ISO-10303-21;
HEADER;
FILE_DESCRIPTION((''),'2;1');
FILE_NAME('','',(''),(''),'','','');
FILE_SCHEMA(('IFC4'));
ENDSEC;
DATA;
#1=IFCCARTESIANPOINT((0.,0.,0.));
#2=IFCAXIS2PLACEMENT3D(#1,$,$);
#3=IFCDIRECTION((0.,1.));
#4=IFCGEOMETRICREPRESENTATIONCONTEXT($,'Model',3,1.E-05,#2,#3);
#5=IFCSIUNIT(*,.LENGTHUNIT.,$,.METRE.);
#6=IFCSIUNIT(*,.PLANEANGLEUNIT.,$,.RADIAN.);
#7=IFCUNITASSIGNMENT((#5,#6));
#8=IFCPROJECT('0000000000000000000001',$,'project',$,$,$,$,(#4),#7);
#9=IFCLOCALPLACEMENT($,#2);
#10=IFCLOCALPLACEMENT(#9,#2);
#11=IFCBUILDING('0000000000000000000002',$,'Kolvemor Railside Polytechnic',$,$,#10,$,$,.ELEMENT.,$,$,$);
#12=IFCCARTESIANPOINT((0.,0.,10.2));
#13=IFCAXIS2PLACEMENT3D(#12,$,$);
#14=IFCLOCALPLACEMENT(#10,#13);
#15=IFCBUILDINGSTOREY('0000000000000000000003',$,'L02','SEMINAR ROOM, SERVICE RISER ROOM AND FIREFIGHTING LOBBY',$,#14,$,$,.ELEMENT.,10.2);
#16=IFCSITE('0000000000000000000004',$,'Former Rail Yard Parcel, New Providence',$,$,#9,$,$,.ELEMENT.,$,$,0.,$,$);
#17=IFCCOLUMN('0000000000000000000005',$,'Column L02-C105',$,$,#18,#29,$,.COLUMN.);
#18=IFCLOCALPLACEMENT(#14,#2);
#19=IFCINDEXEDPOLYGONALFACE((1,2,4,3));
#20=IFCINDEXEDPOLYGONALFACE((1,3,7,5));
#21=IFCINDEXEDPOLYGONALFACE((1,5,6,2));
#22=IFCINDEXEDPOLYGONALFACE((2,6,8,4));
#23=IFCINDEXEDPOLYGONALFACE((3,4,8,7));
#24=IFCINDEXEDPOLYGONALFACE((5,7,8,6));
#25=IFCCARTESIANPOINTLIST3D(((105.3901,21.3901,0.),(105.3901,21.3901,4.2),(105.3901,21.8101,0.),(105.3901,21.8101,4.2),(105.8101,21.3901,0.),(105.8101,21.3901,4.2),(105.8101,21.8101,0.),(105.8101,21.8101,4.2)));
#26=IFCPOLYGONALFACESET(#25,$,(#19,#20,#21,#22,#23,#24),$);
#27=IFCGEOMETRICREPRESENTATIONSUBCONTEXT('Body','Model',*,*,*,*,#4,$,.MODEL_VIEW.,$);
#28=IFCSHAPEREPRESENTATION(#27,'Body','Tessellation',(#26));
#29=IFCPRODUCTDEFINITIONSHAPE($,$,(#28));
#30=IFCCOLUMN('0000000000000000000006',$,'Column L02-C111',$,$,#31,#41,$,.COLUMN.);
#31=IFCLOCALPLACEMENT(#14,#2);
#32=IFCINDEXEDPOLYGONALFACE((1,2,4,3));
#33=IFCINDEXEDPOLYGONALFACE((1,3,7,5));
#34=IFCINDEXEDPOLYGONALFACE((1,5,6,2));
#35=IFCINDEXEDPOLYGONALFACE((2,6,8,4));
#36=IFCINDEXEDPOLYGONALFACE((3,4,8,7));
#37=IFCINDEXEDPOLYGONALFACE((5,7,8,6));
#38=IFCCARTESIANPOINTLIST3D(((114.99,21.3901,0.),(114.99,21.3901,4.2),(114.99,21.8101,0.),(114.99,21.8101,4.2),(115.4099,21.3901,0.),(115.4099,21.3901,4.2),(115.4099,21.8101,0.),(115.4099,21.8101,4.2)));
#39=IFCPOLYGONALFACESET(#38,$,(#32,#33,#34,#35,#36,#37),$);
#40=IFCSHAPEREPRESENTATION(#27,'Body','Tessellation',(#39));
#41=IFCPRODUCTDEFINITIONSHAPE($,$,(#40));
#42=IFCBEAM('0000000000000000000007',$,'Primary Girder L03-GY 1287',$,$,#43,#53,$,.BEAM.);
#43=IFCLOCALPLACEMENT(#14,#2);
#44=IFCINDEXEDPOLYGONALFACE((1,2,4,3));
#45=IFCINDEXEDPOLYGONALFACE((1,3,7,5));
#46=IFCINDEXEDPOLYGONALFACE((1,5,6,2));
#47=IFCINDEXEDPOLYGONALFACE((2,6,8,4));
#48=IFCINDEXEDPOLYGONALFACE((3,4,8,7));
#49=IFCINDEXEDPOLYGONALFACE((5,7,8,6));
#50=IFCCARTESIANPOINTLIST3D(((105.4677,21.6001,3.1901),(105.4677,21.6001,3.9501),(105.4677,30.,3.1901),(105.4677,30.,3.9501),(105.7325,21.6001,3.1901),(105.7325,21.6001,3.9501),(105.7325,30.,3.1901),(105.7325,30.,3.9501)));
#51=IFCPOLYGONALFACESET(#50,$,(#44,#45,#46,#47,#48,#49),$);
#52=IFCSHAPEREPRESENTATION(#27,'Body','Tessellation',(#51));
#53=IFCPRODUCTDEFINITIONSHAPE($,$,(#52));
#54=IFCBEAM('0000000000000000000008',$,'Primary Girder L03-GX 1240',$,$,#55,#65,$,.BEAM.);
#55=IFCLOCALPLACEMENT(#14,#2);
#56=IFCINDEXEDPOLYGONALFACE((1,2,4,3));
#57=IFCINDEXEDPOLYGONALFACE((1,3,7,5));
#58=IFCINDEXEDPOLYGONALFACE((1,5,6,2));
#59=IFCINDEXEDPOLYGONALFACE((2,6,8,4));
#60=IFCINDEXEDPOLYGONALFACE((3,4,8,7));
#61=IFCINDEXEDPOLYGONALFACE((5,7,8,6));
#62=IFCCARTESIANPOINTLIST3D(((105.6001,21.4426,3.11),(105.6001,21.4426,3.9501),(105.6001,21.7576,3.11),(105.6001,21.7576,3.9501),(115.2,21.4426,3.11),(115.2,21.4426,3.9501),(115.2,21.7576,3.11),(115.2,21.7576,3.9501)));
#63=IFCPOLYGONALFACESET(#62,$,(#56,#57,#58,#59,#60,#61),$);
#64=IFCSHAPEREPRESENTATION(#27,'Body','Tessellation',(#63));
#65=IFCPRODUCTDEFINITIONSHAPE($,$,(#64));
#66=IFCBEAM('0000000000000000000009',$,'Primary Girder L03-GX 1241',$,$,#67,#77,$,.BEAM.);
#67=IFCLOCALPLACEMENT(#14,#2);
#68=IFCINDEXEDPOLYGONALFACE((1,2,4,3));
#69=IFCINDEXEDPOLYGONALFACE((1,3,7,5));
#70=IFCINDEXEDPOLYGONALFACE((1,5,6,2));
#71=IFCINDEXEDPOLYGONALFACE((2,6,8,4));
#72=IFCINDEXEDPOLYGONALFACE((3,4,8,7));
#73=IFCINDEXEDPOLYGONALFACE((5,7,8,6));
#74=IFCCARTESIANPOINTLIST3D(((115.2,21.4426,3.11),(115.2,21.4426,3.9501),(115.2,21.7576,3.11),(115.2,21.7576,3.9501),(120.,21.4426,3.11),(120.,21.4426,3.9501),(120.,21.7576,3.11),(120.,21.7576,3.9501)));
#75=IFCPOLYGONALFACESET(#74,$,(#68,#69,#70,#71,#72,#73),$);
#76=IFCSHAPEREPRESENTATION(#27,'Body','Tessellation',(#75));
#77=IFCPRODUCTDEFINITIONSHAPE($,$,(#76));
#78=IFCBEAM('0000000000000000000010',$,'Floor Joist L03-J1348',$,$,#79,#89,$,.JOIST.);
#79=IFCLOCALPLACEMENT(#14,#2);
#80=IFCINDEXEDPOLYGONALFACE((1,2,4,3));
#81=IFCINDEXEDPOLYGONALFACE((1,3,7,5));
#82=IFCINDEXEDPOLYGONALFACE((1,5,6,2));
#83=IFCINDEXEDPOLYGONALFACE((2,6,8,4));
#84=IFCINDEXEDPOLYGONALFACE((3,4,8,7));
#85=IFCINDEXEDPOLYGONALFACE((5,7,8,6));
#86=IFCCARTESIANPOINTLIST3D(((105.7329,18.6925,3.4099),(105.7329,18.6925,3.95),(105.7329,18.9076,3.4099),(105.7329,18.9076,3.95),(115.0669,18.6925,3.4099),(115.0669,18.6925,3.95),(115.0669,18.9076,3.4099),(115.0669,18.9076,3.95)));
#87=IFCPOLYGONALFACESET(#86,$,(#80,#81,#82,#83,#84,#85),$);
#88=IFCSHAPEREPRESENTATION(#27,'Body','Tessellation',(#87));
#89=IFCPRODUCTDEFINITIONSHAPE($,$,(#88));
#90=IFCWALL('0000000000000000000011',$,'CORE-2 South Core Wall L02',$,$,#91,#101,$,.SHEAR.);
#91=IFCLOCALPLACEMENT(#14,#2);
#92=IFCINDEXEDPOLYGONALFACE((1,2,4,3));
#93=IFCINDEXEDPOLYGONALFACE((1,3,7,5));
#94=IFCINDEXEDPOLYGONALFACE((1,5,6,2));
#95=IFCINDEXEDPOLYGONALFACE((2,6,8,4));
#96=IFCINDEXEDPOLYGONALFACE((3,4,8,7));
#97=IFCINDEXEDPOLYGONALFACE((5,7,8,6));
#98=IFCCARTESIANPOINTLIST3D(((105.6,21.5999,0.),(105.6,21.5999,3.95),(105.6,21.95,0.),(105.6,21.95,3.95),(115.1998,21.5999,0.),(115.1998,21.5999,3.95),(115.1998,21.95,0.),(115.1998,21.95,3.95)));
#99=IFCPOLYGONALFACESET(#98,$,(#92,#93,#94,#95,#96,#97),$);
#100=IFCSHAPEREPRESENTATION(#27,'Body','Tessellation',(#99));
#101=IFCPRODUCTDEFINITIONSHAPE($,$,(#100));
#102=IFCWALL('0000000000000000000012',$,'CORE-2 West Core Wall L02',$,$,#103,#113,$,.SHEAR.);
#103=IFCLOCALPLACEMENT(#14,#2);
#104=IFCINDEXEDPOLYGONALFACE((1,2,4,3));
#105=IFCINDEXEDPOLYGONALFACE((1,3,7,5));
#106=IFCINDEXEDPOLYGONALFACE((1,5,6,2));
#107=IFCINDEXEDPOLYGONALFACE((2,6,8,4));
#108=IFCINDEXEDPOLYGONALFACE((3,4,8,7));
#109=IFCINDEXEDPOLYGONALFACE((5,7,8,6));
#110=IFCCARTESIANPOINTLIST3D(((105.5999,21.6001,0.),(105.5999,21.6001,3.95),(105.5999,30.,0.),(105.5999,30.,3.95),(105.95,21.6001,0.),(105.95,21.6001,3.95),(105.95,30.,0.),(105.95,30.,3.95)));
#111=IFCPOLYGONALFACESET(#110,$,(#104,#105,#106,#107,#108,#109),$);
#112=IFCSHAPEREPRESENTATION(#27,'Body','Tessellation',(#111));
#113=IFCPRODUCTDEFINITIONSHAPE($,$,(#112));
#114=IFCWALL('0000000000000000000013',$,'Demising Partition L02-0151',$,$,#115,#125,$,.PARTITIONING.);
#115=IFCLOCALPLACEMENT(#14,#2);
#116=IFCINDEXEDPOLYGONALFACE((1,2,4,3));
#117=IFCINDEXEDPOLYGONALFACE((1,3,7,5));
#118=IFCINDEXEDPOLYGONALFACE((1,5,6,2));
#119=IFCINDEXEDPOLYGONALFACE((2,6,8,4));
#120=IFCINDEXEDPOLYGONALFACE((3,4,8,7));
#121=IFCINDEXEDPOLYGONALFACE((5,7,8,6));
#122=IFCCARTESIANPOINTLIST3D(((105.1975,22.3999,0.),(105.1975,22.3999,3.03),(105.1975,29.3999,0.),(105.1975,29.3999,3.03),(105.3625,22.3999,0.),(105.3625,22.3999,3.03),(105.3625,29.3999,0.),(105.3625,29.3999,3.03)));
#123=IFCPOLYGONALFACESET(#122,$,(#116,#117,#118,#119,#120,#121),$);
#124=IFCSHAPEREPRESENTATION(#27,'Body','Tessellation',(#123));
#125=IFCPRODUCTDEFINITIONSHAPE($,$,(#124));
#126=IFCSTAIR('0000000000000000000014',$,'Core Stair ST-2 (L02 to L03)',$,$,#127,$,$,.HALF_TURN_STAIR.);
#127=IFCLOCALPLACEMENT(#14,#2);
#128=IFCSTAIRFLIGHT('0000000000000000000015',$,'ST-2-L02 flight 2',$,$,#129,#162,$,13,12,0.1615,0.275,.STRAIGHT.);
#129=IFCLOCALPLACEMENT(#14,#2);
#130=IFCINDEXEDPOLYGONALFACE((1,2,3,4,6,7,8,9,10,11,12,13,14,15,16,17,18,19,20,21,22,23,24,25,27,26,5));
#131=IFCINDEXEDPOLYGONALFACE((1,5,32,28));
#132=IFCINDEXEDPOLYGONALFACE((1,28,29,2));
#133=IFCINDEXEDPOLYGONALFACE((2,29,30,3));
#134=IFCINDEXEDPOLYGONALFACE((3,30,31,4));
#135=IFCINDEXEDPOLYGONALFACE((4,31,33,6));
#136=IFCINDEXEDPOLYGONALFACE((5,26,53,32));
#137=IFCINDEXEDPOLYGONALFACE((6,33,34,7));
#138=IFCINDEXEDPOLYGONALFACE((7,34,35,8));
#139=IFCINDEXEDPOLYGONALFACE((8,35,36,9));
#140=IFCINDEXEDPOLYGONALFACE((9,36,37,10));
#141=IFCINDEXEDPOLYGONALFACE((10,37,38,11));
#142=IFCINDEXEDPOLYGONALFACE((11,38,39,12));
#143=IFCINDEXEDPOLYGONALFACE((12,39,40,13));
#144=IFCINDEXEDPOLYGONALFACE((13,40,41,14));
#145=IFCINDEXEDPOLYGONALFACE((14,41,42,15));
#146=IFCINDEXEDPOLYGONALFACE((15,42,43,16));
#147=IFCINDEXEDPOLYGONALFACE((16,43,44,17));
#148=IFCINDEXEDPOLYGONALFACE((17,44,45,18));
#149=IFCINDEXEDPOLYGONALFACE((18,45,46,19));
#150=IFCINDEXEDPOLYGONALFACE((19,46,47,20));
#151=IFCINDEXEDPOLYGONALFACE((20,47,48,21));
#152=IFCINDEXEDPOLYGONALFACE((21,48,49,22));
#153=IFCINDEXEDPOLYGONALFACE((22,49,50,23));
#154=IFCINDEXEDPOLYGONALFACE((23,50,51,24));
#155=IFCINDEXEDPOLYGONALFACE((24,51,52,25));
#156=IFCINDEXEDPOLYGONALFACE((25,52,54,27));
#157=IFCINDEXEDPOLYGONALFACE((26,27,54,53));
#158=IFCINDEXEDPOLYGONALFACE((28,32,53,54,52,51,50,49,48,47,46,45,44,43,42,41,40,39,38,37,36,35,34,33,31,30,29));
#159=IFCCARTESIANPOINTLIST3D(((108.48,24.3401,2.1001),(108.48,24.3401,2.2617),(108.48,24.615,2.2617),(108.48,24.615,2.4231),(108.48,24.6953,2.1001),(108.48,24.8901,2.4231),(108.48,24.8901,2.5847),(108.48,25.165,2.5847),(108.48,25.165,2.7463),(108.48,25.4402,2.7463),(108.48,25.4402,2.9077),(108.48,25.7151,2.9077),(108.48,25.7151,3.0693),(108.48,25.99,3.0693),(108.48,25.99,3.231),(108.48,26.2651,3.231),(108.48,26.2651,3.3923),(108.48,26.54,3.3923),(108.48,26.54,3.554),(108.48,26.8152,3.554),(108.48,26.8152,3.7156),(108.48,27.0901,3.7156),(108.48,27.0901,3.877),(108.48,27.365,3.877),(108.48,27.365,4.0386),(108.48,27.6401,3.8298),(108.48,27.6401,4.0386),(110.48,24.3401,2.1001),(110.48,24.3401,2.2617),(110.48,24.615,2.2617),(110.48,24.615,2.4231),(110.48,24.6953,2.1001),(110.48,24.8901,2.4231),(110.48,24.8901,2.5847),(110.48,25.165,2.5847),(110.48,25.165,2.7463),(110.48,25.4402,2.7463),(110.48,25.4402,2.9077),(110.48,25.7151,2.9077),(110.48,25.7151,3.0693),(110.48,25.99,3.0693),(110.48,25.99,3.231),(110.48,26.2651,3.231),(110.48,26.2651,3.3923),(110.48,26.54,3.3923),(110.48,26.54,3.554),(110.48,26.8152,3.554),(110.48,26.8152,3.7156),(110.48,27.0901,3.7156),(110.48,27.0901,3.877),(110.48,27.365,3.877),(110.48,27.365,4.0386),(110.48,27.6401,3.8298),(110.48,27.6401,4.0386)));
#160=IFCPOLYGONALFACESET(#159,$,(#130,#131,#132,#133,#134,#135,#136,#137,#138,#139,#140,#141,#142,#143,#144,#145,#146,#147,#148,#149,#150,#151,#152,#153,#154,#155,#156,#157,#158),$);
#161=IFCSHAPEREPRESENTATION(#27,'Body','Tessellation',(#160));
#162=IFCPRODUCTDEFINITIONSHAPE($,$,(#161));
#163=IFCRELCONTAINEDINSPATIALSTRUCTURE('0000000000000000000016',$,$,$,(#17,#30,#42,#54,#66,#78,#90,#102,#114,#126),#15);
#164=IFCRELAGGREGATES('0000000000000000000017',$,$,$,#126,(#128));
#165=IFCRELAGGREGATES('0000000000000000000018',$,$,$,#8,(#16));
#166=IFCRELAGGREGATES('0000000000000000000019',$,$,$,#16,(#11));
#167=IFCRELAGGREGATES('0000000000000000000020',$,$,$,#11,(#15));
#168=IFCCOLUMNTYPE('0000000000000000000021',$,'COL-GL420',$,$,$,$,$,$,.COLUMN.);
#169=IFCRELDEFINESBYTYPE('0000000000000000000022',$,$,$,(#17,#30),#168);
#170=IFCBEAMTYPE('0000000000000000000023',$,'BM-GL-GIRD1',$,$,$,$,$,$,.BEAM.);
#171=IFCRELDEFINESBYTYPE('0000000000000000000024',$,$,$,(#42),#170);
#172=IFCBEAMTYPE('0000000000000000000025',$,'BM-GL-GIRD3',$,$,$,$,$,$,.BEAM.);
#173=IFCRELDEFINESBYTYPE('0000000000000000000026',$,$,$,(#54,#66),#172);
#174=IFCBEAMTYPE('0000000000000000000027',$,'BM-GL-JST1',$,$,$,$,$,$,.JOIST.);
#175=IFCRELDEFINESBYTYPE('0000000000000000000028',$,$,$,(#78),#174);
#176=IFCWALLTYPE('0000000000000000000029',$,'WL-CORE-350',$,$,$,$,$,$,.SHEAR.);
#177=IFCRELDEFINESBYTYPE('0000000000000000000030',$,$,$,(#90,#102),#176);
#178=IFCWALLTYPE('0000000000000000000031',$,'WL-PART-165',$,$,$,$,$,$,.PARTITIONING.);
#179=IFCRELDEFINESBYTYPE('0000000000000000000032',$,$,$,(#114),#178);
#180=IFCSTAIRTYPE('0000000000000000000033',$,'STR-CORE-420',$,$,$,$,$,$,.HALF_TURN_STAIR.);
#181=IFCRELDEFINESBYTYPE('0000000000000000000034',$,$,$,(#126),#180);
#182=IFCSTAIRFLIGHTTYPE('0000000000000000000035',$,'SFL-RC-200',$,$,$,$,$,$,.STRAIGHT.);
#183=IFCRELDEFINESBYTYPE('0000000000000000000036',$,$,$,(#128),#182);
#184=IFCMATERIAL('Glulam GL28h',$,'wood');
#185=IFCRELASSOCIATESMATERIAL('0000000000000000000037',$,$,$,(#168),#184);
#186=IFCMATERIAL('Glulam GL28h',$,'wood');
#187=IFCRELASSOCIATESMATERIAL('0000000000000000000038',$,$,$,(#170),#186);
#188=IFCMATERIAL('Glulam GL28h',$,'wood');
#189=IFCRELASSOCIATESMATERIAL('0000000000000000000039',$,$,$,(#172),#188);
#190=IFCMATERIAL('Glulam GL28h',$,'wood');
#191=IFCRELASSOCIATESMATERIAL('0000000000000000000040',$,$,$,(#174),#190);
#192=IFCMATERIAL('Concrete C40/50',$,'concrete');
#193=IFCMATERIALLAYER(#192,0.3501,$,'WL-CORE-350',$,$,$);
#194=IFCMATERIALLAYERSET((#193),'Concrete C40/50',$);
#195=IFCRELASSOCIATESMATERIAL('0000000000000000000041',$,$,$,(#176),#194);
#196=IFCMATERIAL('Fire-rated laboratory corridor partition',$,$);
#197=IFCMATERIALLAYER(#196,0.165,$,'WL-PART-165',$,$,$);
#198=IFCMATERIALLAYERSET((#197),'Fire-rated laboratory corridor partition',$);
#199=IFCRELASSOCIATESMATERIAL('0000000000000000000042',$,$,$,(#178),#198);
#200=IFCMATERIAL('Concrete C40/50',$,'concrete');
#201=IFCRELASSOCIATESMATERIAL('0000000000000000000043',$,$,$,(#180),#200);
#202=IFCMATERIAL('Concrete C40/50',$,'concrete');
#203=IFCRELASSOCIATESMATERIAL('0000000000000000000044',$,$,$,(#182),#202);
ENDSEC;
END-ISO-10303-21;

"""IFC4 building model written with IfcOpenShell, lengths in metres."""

from ifc_helpers import new_model, si_unit, direction, frame, frame_2d, origin, origin_2d, place, context, subcontext, project, spatial, polyline, rectangle, outline, extrude, material, layer, layer_set, material_profile, profile_set, type_object, element, aggregate, save


model = new_model("IFC4")

# Units and contexts
model_context = context("Model", 3, precision=1e-05, world=origin(), true_north=direction((0.0, 1.0)))
body_context = subcontext(model_context, "Body", "Model", "MODEL_VIEW")
ifc_project = project(units=[si_unit("LENGTHUNIT", "METRE"), si_unit("PLANEANGLEUNIT", "RADIAN")], contexts=[model_context])

# Site, building, storey
site_placement = place(None, origin())
site = spatial("IfcSite", under=ifc_project, at=site_placement, Name="Former Rail Yard Parcel, New Providence", CompositionType="ELEMENT", RefElevation=0.0)
building_placement = place(site_placement, origin())
building = spatial("IfcBuilding", under=site, at=building_placement, Name="Kolvemor Railside Polytechnic", CompositionType="ELEMENT")
storey_placement = place(building_placement, frame((0.0, 0.0, 10.2)))
storey = spatial("IfcBuildingStorey", under=building, at=storey_placement, Name="L02", Description="SEMINAR ROOM, SERVICE RISER ROOM AND FIREFIGHTING LOBBY", CompositionType="ELEMENT", Elevation=10.2)

# Columns
ifc_material_1 = material(Name="Glulam GL28h", Category="wood")
ifc_material_profile_1 = material_profile(ifc_material_1, rectangle(XDim=0.4199, YDim=0.4199, at=origin_2d()), Name="GL420x420")
ifc_profile_set_1 = profile_set([ifc_material_profile_1], Name="Glulam GL28h")
column_type = type_object("IfcColumnType", Name="COL-GL420", PredefinedType="COLUMN", material=ifc_profile_set_1)
for number, where, z_axis, x_axis, name in (
    (1, (105.6001, 21.6001, 0.0), (0.0, 0.0, 1.0), (1.0, 0.0, 0.0), "Column L02-C105"),
    (2, (115.2, 21.6001, 0.0), (0.0, 0.0, 1.0), (1.0, 0.0, 0.0), "Column L02-C111"),
):
    element("IfcColumn", number, at=place(storey_placement, frame(where, z_axis=z_axis, x_axis=x_axis)), inside=storey, type_object=column_type, Name=name, PredefinedType="COLUMN", context=body_context, shape_type="SweptSolid", body=[
        extrude(rectangle(XDim=0.4199, YDim=0.4199, at=origin_2d()), origin(), (0.0, 0.0, 1.0), 4.2),
    ])

# Beams
ifc_material_2 = material(Name="Glulam GL28h", Category="wood")
ifc_material_profile_2 = material_profile(ifc_material_2, rectangle(XDim=0.2649, YDim=0.76, at=origin_2d()), Name="GL265x760")
ifc_profile_set_2 = profile_set([ifc_material_profile_2], Name="Glulam GL28h")
beam_type_1 = type_object("IfcBeamType", Name="BM-GL-GIRD1", PredefinedType="BEAM", material=ifc_profile_set_2)
beam_1_placement = place(storey_placement, frame((105.6001, 21.6001, 3.5701), z_axis=(0.0, 1.0, 0.0), x_axis=(-1.0, 0.0, 0.0)))
element("IfcBeam", 3, at=beam_1_placement, inside=storey, type_object=beam_type_1, Name="Primary Girder L03-GY 1287", PredefinedType="BEAM", context=body_context, shape_type="SweptSolid", body=[
    extrude(rectangle(XDim=0.2649, YDim=0.76, at=origin_2d()), origin(), (0.0, 0.0, 1.0), 8.3999),
])
ifc_material_3 = material(Name="Glulam GL28h", Category="wood")
ifc_material_profile_3 = material_profile(ifc_material_3, rectangle(XDim=0.3149, YDim=0.8401, at=origin_2d()), Name="GL315x840")
ifc_profile_set_3 = profile_set([ifc_material_profile_3], Name="Glulam GL28h")
beam_type_2 = type_object("IfcBeamType", Name="BM-GL-GIRD3", PredefinedType="BEAM", material=ifc_profile_set_3)
beam_2_placement = place(storey_placement, frame((105.6001, 21.6001, 3.53), z_axis=(1.0, 0.0, 0.0), x_axis=(0.0, 1.0, 0.0)))
element("IfcBeam", 4, at=beam_2_placement, inside=storey, type_object=beam_type_2, Name="Primary Girder L03-GX 1240", PredefinedType="BEAM", context=body_context, shape_type="SweptSolid", body=[
    extrude(rectangle(XDim=0.3149, YDim=0.8401, at=origin_2d()), origin(), (0.0, 0.0, 1.0), 9.5999),
])
beam_3_placement = place(storey_placement, frame((115.2, 21.6001, 3.53), z_axis=(1.0, 0.0, 0.0), x_axis=(0.0, 1.0, 0.0)))
element("IfcBeam", 5, at=beam_3_placement, inside=storey, type_object=beam_type_2, Name="Primary Girder L03-GX 1241", PredefinedType="BEAM", context=body_context, shape_type="SweptSolid", body=[
    extrude(rectangle(XDim=0.3149, YDim=0.8401, at=origin_2d()), origin(), (0.0, 0.0, 1.0), 4.8),
])
ifc_material_4 = material(Name="Glulam GL28h", Category="wood")
ifc_material_profile_4 = material_profile(ifc_material_4, rectangle(XDim=0.2151, YDim=0.54, at=origin_2d()), Name="GL215x540")
ifc_profile_set_4 = profile_set([ifc_material_profile_4], Name="Glulam GL28h")
beam_type_3 = type_object("IfcBeamType", Name="BM-GL-JST1", PredefinedType="JOIST", material=ifc_profile_set_4)
beam_4_placement = place(storey_placement, frame((105.7329, 18.8, 3.6799), z_axis=(1.0, 0.0, 0.0), x_axis=(0.0, 1.0, 0.0)))
element("IfcBeam", 6, at=beam_4_placement, inside=storey, type_object=beam_type_3, Name="Floor Joist L03-J1348", PredefinedType="JOIST", context=body_context, shape_type="SweptSolid", body=[
    extrude(rectangle(XDim=0.2151, YDim=0.54, at=origin_2d()), origin(), (0.0, 0.0, 1.0), 9.334),
])

# Walls
ifc_material_5 = material(Name="Concrete C40/50", Category="concrete")
ifc_layer_1 = layer(ifc_material_5, 0.3501, Name="WL-CORE-350")
ifc_layer_set_1 = layer_set([ifc_layer_1], Name="Concrete C40/50")
wall_type_1 = type_object("IfcWallType", Name="WL-CORE-350", PredefinedType="SHEAR", material=ifc_layer_set_1)
wall_1_placement = place(storey_placement, frame((105.6001, 21.7749, 0.0), z_axis=(0.0, 0.0, 1.0), x_axis=(1.0, 0.0, 0.0)))
element("IfcWall", 7, at=wall_1_placement, inside=storey, type_object=wall_type_1, Name="CORE-2 South Core Wall L02", PredefinedType="SHEAR", context=body_context, shape_type="SweptSolid", body=[
    extrude(rectangle(XDim=9.5999, YDim=0.3501, at=frame_2d((4.7998, 0.0))), origin(), (0.0, 0.0, 1.0), 3.95),
])
wall_2_placement = place(storey_placement, frame((105.7749, 21.6001, 0.0), z_axis=(0.0, 0.0, 1.0), x_axis=(0.0, 1.0, 0.0)))
element("IfcWall", 8, at=wall_2_placement, inside=storey, type_object=wall_type_1, Name="CORE-2 West Core Wall L02", PredefinedType="SHEAR", context=body_context, shape_type="SweptSolid", body=[
    extrude(rectangle(XDim=8.3999, YDim=0.3501, at=frame_2d((4.2, 0.0))), origin(), (0.0, 0.0, 1.0), 3.95),
])

# Wall
ifc_material_6 = material(Name="Fire-rated laboratory corridor partition")
ifc_layer_2 = layer(ifc_material_6, 0.165, Name="WL-PART-165")
ifc_layer_set_2 = layer_set([ifc_layer_2], Name="Fire-rated laboratory corridor partition")
wall_type_2 = type_object("IfcWallType", Name="WL-PART-165", PredefinedType="PARTITIONING", material=ifc_layer_set_2)
wall_3_placement = place(storey_placement, frame((105.28, 22.3999, 0.0), z_axis=(0.0, 0.0, 1.0), x_axis=(0.0, 1.0, 0.0)))
element("IfcWall", 9, at=wall_3_placement, inside=storey, type_object=wall_type_2, Name="Demising Partition L02-0151", PredefinedType="PARTITIONING", context=body_context, shape_type="SweptSolid", body=[
    extrude(rectangle(XDim=7.0, YDim=0.165, at=frame_2d((3.5, 0.0))), origin(), (0.0, 0.0, 1.0), 3.03),
])

# Stair, stair flight
ifc_material_7 = material(Name="Concrete C40/50", Category="concrete")
stair_type = type_object("IfcStairType", Name="STR-CORE-420", PredefinedType="HALF_TURN_STAIR", material=ifc_material_7)
stair_placement = place(storey_placement, origin())
stair = element("IfcStair", 10, at=stair_placement, inside=storey, type_object=stair_type, Name="Core Stair ST-2 (L02 to L03)", PredefinedType="HALF_TURN_STAIR")
ifc_material_8 = material(Name="Concrete C40/50", Category="concrete")
stair_flight_type = type_object("IfcStairFlightType", Name="SFL-RC-200", PredefinedType="STRAIGHT", material=ifc_material_8)
stair_flight_placement = place(storey_placement, frame((109.48, 24.3401, 2.1001), z_axis=(0.0, 0.0, 1.0), x_axis=(0.0, 1.0, 0.0)))
stair_flight = element("IfcStairFlight", 11, at=stair_flight_placement, type_object=stair_flight_type, Name="ST-2-L02 flight 2", NumberOfRisers=13, NumberOfTreads=12, PredefinedType="STRAIGHT", RiserHeight=0.1615, TreadLength=0.275, context=body_context, shape_type="SweptSolid", body=[
    extrude(outline(polyline([(0.0, 0.0), (0.0, 0.1616), (0.2749, 0.1616), (0.2749, 0.323), (0.55, 0.323), (0.55, 0.4846), (0.825, 0.4846), (0.825, 0.6462), (1.1001, 0.6462), (1.1001, 0.8076), (1.375, 0.8076), (1.375, 0.9692), (1.6499, 0.9692), (1.6499, 1.1309), (1.925, 1.1309), (1.925, 1.2922), (2.2, 1.2922), (2.2, 1.4539), (2.4751, 1.4539), (2.4751, 1.6155), (2.75, 1.6155), (2.75, 1.7769), (3.0249, 1.7769), (3.0249, 1.9385), (3.3, 1.9385), (3.3, 2.1001), (3.3, 1.7297), (0.3552, 0.0), (0.0, 0.0)])), frame((0.0, 1.0, 0.0), z_axis=(0.0, -1.0, 0.0), x_axis=(1.0, 0.0, 0.0)), (0.0, 0.0, 1.0), 2.0),
])
aggregate(stair, [stair_flight])

save(model, "model.ifc")
